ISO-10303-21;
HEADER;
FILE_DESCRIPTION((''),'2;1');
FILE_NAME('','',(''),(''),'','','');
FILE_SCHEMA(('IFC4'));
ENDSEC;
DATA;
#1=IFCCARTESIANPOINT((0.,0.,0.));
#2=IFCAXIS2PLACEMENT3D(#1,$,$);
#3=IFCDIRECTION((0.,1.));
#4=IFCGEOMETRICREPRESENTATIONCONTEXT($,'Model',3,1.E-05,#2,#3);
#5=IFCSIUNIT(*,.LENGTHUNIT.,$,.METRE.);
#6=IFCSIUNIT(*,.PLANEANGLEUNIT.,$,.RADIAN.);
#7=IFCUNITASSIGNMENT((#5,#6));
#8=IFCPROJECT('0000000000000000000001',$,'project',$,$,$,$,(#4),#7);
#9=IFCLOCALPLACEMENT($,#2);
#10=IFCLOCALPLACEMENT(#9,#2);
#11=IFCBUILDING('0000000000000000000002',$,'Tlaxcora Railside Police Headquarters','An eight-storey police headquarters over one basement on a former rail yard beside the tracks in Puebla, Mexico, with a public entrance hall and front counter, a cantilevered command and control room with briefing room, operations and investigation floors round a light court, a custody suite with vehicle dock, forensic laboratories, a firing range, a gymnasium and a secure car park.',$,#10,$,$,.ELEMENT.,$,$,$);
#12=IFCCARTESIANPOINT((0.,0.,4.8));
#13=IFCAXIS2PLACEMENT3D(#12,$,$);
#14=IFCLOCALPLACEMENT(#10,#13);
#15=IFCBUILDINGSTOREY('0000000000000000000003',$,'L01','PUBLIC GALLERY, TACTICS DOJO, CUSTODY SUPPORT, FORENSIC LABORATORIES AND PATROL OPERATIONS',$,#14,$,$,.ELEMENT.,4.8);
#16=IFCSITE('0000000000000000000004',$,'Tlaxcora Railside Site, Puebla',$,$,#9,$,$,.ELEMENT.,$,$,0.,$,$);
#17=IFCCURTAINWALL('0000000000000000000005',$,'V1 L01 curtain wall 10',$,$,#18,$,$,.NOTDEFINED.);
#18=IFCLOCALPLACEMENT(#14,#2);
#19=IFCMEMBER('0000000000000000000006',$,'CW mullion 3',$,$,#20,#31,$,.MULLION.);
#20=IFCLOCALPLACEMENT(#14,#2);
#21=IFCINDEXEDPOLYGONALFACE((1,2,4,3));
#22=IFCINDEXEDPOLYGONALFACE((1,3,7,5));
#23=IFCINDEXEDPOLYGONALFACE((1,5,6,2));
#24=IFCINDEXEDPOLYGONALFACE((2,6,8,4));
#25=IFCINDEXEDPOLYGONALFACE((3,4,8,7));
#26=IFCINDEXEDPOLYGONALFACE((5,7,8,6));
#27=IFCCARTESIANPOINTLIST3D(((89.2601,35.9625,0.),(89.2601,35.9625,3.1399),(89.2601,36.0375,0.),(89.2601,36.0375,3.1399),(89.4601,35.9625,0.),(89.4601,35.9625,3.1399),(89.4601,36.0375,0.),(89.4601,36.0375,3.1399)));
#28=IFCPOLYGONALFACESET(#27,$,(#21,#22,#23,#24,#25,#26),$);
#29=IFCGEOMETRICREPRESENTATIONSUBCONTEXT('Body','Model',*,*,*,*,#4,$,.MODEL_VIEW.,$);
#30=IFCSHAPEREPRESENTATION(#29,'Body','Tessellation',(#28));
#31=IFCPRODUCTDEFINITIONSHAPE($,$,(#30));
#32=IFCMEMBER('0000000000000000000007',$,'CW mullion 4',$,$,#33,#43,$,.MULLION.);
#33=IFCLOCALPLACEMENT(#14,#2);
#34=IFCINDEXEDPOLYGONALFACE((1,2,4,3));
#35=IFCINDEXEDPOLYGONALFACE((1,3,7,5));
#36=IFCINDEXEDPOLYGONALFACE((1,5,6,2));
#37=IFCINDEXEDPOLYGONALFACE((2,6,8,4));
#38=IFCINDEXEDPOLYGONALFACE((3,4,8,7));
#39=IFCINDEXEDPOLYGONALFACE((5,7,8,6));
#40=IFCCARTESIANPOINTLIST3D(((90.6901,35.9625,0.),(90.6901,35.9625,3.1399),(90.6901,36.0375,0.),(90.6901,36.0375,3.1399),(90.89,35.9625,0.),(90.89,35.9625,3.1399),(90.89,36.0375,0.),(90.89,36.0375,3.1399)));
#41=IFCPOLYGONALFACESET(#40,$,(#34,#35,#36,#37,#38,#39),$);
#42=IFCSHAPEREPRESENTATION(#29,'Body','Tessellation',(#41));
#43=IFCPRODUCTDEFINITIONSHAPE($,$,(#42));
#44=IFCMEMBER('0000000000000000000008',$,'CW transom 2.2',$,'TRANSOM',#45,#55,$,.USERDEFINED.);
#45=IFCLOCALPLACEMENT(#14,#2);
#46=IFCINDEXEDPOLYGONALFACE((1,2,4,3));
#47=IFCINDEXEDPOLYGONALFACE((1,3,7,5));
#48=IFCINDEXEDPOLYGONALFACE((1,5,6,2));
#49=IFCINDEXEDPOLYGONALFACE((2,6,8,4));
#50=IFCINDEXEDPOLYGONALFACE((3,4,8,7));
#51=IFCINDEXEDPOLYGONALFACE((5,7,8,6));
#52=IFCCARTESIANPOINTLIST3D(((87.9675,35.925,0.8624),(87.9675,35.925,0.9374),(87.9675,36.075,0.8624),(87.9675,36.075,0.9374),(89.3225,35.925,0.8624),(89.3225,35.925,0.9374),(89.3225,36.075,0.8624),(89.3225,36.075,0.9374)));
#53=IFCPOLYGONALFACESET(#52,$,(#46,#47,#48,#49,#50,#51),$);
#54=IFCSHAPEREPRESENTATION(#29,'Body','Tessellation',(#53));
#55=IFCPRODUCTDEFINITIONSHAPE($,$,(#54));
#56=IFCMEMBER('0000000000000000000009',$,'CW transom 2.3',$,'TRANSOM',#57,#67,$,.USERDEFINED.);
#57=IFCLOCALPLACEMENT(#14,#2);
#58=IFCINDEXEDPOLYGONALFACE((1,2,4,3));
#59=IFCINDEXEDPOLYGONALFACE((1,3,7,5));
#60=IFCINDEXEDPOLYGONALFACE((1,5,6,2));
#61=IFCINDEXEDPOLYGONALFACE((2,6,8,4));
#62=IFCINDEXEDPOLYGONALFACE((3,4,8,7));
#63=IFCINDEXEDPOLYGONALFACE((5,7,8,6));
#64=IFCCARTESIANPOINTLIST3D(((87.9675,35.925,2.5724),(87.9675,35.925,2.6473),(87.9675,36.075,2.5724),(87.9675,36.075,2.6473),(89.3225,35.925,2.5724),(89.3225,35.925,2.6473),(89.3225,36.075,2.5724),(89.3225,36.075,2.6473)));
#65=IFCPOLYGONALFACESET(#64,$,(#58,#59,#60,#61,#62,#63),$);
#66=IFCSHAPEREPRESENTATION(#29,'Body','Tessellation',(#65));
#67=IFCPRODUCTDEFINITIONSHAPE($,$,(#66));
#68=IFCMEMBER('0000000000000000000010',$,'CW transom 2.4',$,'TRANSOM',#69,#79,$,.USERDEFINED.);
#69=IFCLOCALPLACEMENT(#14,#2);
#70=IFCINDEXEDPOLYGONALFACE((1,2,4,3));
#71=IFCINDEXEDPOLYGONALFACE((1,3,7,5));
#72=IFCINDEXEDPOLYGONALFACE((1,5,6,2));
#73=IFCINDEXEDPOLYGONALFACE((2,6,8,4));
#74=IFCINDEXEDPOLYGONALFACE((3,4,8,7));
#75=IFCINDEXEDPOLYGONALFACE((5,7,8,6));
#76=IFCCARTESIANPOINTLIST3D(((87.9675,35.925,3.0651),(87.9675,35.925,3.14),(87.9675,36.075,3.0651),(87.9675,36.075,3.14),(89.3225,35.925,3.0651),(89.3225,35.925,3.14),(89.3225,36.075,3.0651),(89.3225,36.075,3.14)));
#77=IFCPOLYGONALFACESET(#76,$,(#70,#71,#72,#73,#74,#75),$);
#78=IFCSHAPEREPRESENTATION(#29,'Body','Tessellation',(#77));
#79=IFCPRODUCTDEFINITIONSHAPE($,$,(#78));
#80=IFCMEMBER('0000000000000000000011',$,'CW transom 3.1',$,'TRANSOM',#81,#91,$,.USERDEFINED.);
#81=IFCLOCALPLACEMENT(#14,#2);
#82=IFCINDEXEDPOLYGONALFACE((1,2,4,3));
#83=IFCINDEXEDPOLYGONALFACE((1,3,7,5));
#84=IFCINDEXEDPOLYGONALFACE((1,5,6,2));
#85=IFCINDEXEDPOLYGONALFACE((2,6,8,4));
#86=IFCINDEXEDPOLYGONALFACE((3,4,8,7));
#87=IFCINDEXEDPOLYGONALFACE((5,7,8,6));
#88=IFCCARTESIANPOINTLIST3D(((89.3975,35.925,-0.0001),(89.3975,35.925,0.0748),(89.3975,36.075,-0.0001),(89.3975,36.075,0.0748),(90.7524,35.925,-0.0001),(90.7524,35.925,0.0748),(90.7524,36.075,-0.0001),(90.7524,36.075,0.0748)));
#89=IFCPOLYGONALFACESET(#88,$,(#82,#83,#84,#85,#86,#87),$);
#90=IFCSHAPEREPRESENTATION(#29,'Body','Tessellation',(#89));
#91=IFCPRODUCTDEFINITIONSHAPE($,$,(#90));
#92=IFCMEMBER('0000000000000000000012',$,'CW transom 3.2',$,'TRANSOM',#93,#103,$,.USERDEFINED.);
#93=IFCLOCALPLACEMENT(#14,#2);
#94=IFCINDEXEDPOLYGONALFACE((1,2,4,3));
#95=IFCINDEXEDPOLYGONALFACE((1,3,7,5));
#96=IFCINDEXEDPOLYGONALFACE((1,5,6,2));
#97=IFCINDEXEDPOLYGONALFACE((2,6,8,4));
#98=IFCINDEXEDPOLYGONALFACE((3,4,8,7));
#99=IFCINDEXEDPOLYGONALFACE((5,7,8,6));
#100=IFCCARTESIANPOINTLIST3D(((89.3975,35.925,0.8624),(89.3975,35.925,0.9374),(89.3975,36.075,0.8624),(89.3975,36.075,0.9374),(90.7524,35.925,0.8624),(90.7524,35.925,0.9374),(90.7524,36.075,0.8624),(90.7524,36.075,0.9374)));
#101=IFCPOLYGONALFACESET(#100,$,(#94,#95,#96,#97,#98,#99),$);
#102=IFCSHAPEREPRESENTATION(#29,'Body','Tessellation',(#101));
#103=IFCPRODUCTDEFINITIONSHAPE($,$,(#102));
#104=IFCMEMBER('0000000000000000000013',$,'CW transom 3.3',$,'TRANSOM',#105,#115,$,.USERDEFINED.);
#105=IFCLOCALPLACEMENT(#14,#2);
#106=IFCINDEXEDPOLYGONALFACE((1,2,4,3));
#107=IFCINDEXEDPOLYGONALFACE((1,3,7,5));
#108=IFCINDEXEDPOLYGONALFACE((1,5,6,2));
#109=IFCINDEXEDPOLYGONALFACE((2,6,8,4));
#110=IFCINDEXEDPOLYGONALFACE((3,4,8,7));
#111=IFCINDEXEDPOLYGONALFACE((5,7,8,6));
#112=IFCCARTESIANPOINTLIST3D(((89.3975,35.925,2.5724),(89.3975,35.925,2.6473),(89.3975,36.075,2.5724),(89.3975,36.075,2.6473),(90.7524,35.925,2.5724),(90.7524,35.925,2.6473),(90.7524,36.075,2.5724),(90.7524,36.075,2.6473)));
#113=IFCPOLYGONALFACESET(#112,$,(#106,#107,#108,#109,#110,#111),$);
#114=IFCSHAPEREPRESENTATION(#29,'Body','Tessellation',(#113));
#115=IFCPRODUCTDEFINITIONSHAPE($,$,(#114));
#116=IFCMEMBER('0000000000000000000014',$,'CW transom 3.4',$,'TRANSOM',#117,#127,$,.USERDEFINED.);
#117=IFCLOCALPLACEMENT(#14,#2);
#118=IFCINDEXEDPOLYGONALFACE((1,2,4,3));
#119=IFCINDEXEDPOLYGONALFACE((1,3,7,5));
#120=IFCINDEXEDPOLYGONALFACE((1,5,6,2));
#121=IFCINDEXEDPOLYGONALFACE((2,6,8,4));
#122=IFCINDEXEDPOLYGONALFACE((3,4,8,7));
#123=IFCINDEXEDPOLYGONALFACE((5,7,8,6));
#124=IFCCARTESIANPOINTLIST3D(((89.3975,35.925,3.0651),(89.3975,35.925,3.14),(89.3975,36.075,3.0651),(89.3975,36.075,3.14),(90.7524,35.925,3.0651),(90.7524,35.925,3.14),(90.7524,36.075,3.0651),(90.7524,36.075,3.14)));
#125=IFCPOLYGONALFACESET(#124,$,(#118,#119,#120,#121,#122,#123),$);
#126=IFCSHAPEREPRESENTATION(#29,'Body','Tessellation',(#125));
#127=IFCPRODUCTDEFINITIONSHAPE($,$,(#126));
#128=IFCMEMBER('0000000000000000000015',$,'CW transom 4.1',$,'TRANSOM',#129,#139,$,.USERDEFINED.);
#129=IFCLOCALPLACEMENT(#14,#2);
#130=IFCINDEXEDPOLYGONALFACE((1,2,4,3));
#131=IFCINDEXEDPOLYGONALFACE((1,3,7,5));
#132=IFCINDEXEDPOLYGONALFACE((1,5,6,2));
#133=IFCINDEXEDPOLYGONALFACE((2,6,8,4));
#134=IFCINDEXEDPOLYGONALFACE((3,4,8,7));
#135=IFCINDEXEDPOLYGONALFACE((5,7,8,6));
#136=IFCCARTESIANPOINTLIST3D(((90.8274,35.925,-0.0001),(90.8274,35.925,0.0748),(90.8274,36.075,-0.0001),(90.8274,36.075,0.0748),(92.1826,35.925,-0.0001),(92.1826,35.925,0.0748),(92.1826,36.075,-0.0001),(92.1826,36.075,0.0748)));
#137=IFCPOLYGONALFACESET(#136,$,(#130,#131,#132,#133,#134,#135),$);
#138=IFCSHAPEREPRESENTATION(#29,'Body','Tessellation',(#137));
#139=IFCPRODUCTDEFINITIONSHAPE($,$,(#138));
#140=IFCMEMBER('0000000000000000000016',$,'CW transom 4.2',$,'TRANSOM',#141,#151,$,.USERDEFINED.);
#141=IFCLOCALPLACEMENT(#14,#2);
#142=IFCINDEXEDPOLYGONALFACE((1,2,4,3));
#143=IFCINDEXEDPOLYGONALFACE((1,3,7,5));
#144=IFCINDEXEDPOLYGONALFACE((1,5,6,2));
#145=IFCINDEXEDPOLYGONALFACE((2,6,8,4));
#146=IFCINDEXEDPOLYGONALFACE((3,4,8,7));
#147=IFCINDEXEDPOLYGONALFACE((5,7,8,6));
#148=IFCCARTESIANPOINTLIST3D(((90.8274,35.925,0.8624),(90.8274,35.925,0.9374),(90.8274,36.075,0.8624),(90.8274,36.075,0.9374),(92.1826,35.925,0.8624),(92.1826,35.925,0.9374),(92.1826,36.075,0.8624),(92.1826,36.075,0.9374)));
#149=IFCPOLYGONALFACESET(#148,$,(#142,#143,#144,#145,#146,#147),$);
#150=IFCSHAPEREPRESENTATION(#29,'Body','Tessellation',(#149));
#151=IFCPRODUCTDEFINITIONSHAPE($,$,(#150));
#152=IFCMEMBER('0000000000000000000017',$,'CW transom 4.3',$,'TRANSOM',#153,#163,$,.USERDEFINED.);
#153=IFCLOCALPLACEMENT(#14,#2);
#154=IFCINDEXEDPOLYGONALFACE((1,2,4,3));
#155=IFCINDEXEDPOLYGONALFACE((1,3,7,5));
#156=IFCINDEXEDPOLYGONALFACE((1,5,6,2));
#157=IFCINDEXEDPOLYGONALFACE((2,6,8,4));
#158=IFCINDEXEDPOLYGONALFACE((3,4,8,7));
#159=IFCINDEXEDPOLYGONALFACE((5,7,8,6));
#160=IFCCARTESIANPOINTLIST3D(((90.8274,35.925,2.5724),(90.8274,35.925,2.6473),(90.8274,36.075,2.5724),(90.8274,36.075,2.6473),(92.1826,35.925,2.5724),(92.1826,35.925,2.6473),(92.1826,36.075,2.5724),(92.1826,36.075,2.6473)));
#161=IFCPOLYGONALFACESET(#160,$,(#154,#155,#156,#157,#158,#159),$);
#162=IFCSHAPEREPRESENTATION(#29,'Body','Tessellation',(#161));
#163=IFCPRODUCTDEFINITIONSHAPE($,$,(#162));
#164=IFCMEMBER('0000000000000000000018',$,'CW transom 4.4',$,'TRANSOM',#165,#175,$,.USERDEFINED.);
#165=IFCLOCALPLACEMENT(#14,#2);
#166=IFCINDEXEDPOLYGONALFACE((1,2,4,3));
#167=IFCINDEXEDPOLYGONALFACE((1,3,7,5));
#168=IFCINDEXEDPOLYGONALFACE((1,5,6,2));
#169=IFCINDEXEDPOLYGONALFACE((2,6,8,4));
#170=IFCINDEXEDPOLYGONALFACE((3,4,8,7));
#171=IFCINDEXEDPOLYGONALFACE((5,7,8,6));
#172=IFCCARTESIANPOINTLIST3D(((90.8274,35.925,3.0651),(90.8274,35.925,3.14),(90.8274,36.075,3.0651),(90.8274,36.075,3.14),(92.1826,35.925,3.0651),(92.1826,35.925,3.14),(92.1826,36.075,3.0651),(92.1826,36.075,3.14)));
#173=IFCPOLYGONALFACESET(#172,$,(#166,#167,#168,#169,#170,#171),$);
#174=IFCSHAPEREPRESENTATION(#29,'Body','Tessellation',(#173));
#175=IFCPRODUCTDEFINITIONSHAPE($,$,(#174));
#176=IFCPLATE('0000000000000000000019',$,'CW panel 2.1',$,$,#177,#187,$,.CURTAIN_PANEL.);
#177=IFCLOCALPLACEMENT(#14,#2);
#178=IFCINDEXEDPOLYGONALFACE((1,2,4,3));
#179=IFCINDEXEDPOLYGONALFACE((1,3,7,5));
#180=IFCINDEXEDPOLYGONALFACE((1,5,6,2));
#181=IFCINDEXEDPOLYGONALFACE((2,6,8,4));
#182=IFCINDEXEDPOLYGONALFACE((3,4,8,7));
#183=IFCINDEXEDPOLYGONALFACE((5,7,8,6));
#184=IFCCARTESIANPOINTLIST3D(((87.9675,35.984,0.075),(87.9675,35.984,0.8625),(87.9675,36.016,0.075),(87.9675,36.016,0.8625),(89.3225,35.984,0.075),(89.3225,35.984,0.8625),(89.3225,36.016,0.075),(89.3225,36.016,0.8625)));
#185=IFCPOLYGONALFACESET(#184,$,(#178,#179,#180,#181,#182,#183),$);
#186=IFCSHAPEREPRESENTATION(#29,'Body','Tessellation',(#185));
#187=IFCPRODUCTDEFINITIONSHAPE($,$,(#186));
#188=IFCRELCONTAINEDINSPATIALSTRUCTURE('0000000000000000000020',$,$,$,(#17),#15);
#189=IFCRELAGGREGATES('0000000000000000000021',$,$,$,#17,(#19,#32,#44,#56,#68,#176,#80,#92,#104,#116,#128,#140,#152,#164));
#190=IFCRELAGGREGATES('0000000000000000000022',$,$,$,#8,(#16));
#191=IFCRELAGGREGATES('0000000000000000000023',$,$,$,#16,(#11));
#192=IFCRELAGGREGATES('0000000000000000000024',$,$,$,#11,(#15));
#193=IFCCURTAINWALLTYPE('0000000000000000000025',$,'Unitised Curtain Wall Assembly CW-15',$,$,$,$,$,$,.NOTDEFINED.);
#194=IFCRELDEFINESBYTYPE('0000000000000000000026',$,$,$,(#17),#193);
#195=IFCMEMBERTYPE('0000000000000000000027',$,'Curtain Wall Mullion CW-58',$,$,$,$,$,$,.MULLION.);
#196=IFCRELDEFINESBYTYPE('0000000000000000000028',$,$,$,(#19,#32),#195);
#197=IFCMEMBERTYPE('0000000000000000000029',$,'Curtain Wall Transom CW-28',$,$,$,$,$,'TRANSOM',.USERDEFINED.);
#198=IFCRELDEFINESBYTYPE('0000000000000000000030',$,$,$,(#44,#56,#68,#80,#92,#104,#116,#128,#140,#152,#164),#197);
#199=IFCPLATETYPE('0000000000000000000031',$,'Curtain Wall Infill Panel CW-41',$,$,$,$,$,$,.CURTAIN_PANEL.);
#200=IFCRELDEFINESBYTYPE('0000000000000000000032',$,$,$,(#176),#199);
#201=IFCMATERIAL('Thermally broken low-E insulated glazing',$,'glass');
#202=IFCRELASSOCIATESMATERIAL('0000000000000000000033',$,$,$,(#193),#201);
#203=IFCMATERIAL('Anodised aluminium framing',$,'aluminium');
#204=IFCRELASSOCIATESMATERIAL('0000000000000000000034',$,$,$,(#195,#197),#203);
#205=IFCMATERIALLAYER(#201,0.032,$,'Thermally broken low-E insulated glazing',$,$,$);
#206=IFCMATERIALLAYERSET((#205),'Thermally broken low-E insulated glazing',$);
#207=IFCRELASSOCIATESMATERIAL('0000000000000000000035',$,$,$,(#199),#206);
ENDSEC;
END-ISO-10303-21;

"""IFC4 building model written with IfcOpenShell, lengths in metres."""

from ifc_helpers import new_model, si_unit, direction, frame, origin, origin_2d, place, context, subcontext, project, spatial, rectangle, extrude, material, layer, layer_set, material_profile, profile_set, type_object, element, aggregate, save


model = new_model("IFC4")

# Units and contexts
model_context = context("Model", 3, precision=1e-05, world=origin(), true_north=direction((0.0, 1.0)))
body_context = subcontext(model_context, "Body", "Model", "MODEL_VIEW")
ifc_project = project(units=[si_unit("LENGTHUNIT", "METRE"), si_unit("PLANEANGLEUNIT", "RADIAN")], contexts=[model_context])

# Site, building, storey
site_placement = place(None, origin())
site = spatial("IfcSite", under=ifc_project, at=site_placement, Name="Tlaxcora Railside Site, Puebla", CompositionType="ELEMENT", RefElevation=0.0)
building_placement = place(site_placement, origin())
building = spatial("IfcBuilding", under=site, at=building_placement, Name="Tlaxcora Railside Police Headquarters", Description="An eight-storey police headquarters over one basement on a former rail yard beside the tracks in Puebla, Mexico, with a public entrance hall and front counter, a cantilevered command and control room with briefing room, operations and investigation floors round a light court, a custody suite with vehicle dock, forensic laboratories, a firing range, a gymnasium and a secure car park.", CompositionType="ELEMENT")
storey_placement = place(building_placement, frame((0.0, 0.0, 4.8)))
storey = spatial("IfcBuildingStorey", under=building, at=storey_placement, Name="L01", Description="PUBLIC GALLERY, TACTICS DOJO, CUSTODY SUPPORT, FORENSIC LABORATORIES AND PATROL OPERATIONS", CompositionType="ELEMENT", Elevation=4.8)

# Curtain wall, members, plate
ifc_material_1 = material(Name="Thermally broken low-E insulated glazing", Category="glass")
curtain_wall_type = type_object("IfcCurtainWallType", Name="Unitised Curtain Wall Assembly CW-15", PredefinedType="NOTDEFINED", material=ifc_material_1)
curtain_wall_placement = place(storey_placement, origin())
curtain_wall = element("IfcCurtainWall", 1, at=curtain_wall_placement, inside=storey, type_object=curtain_wall_type, Name="V1 L01 curtain wall 10", PredefinedType="NOTDEFINED")
ifc_material_2 = material(Name="Anodised aluminium framing", Category="aluminium")
ifc_material_profile_1 = material_profile(ifc_material_2, rectangle(XDim=0.075, YDim=0.2, at=origin_2d()), Name="AL75X200")
ifc_profile_set_1 = profile_set([ifc_material_profile_1], Name="Anodised aluminium framing")
member_type_1 = type_object("IfcMemberType", Name="Curtain Wall Mullion CW-58", PredefinedType="MULLION", material=ifc_profile_set_1)
member_1_placement = place(storey_placement, frame((89.3601, 36.0, 0.0), z_axis=(0.0, 0.0, 1.0), x_axis=(0.0, 1.0, 0.0)))
member_1 = element("IfcMember", 2, at=member_1_placement, type_object=member_type_1, Name="CW mullion 3", PredefinedType="MULLION", context=body_context, shape_type="SweptSolid", body=[
    extrude(rectangle(XDim=0.075, YDim=0.2, at=origin_2d()), origin(), (0.0, 0.0, 1.0), 3.1399),
])
member_2_placement = place(storey_placement, frame((90.79, 36.0, 0.0), z_axis=(0.0, 0.0, 1.0), x_axis=(0.0, 1.0, 0.0)))
member_2 = element("IfcMember", 3, at=member_2_placement, type_object=member_type_1, Name="CW mullion 4", PredefinedType="MULLION", context=body_context, shape_type="SweptSolid", body=[
    extrude(rectangle(XDim=0.075, YDim=0.2, at=origin_2d()), origin(), (0.0, 0.0, 1.0), 3.1399),
])
ifc_material_profile_2 = material_profile(ifc_material_2, rectangle(XDim=0.1499, YDim=0.075, at=origin_2d()), Name="AL75X150")
ifc_profile_set_2 = profile_set([ifc_material_profile_2], Name="Anodised aluminium framing")
member_type_2 = type_object("IfcMemberType", Name="Curtain Wall Transom CW-28", ElementType="TRANSOM", PredefinedType="USERDEFINED", material=ifc_profile_set_2)
member_3_placement = place(storey_placement, frame((87.9675, 36.0, 0.8999), z_axis=(1.0, 0.0, 0.0), x_axis=(0.0, 1.0, 0.0)))
member_3 = element("IfcMember", 4, at=member_3_placement, type_object=member_type_2, Name="CW transom 2.2", ObjectType="TRANSOM", PredefinedType="USERDEFINED", context=body_context, shape_type="SweptSolid", body=[
    extrude(rectangle(XDim=0.1499, YDim=0.075, at=origin_2d()), origin(), (0.0, 0.0, 1.0), 1.355),
])
member_4_placement = place(storey_placement, frame((87.9675, 36.0, 2.6099), z_axis=(1.0, 0.0, 0.0), x_axis=(0.0, 1.0, 0.0)))
member_4 = element("IfcMember", 5, at=member_4_placement, type_object=member_type_2, Name="CW transom 2.3", ObjectType="TRANSOM", PredefinedType="USERDEFINED", context=body_context, shape_type="SweptSolid", body=[
    extrude(rectangle(XDim=0.1499, YDim=0.075, at=origin_2d()), origin(), (0.0, 0.0, 1.0), 1.355),
])
member_5_placement = place(storey_placement, frame((87.9675, 36.0, 3.1025), z_axis=(1.0, 0.0, 0.0), x_axis=(0.0, 1.0, 0.0)))
member_5 = element("IfcMember", 6, at=member_5_placement, type_object=member_type_2, Name="CW transom 2.4", ObjectType="TRANSOM", PredefinedType="USERDEFINED", context=body_context, shape_type="SweptSolid", body=[
    extrude(rectangle(XDim=0.1499, YDim=0.075, at=origin_2d()), origin(), (0.0, 0.0, 1.0), 1.355),
])
member_6_placement = place(storey_placement, frame((89.3975, 36.0, 0.0374), z_axis=(1.0, 0.0, 0.0), x_axis=(0.0, 1.0, 0.0)))
member_6 = element("IfcMember", 7, at=member_6_placement, type_object=member_type_2, Name="CW transom 3.1", ObjectType="TRANSOM", PredefinedType="USERDEFINED", context=body_context, shape_type="SweptSolid", body=[
    extrude(rectangle(XDim=0.1499, YDim=0.075, at=origin_2d()), origin(), (0.0, 0.0, 1.0), 1.355),
])
member_7_placement = place(storey_placement, frame((89.3975, 36.0, 0.8999), z_axis=(1.0, 0.0, 0.0), x_axis=(0.0, 1.0, 0.0)))
member_7 = element("IfcMember", 8, at=member_7_placement, type_object=member_type_2, Name="CW transom 3.2", ObjectType="TRANSOM", PredefinedType="USERDEFINED", context=body_context, shape_type="SweptSolid", body=[
    extrude(rectangle(XDim=0.1499, YDim=0.075, at=origin_2d()), origin(), (0.0, 0.0, 1.0), 1.355),
])
member_8_placement = place(storey_placement, frame((89.3975, 36.0, 2.6099), z_axis=(1.0, 0.0, 0.0), x_axis=(0.0, 1.0, 0.0)))
member_8 = element("IfcMember", 9, at=member_8_placement, type_object=member_type_2, Name="CW transom 3.3", ObjectType="TRANSOM", PredefinedType="USERDEFINED", context=body_context, shape_type="SweptSolid", body=[
    extrude(rectangle(XDim=0.1499, YDim=0.075, at=origin_2d()), origin(), (0.0, 0.0, 1.0), 1.355),
])
member_9_placement = place(storey_placement, frame((89.3975, 36.0, 3.1025), z_axis=(1.0, 0.0, 0.0), x_axis=(0.0, 1.0, 0.0)))
member_9 = element("IfcMember", 10, at=member_9_placement, type_object=member_type_2, Name="CW transom 3.4", ObjectType="TRANSOM", PredefinedType="USERDEFINED", context=body_context, shape_type="SweptSolid", body=[
    extrude(rectangle(XDim=0.1499, YDim=0.075, at=origin_2d()), origin(), (0.0, 0.0, 1.0), 1.355),
])
member_10_placement = place(storey_placement, frame((90.8274, 36.0, 0.0374), z_axis=(1.0, 0.0, 0.0), x_axis=(0.0, 1.0, 0.0)))
member_10 = element("IfcMember", 11, at=member_10_placement, type_object=member_type_2, Name="CW transom 4.1", ObjectType="TRANSOM", PredefinedType="USERDEFINED", context=body_context, shape_type="SweptSolid", body=[
    extrude(rectangle(XDim=0.1499, YDim=0.075, at=origin_2d()), origin(), (0.0, 0.0, 1.0), 1.3552),
])
member_11_placement = place(storey_placement, frame((90.8274, 36.0, 0.8999), z_axis=(1.0, 0.0, 0.0), x_axis=(0.0, 1.0, 0.0)))
member_11 = element("IfcMember", 12, at=member_11_placement, type_object=member_type_2, Name="CW transom 4.2", ObjectType="TRANSOM", PredefinedType="USERDEFINED", context=body_context, shape_type="SweptSolid", body=[
    extrude(rectangle(XDim=0.1499, YDim=0.075, at=origin_2d()), origin(), (0.0, 0.0, 1.0), 1.3552),
])
member_12_placement = place(storey_placement, frame((90.8274, 36.0, 2.6099), z_axis=(1.0, 0.0, 0.0), x_axis=(0.0, 1.0, 0.0)))
member_12 = element("IfcMember", 13, at=member_12_placement, type_object=member_type_2, Name="CW transom 4.3", ObjectType="TRANSOM", PredefinedType="USERDEFINED", context=body_context, shape_type="SweptSolid", body=[
    extrude(rectangle(XDim=0.1499, YDim=0.075, at=origin_2d()), origin(), (0.0, 0.0, 1.0), 1.3552),
])
member_13_placement = place(storey_placement, frame((90.8274, 36.0, 3.1025), z_axis=(1.0, 0.0, 0.0), x_axis=(0.0, 1.0, 0.0)))
member_13 = element("IfcMember", 14, at=member_13_placement, type_object=member_type_2, Name="CW transom 4.4", ObjectType="TRANSOM", PredefinedType="USERDEFINED", context=body_context, shape_type="SweptSolid", body=[
    extrude(rectangle(XDim=0.1499, YDim=0.075, at=origin_2d()), origin(), (0.0, 0.0, 1.0), 1.3552),
])
ifc_layer = layer(ifc_material_1, 0.032, Name="Thermally broken low-E insulated glazing")
ifc_layer_set = layer_set([ifc_layer], Name="Thermally broken low-E insulated glazing")
plate_type = type_object("IfcPlateType", Name="Curtain Wall Infill Panel CW-41", PredefinedType="CURTAIN_PANEL", material=ifc_layer_set)
plate_1_placement = place(storey_placement, frame((88.645, 36.0, 0.075), z_axis=(0.0, 0.0, 1.0), x_axis=(1.0, 0.0, 0.0)))
plate_1 = element("IfcPlate", 15, at=plate_1_placement, type_object=plate_type, Name="CW panel 2.1", PredefinedType="CURTAIN_PANEL", context=body_context, shape_type="SweptSolid", body=[
    extrude(rectangle(XDim=1.355, YDim=0.032, at=origin_2d()), origin(), (0.0, 0.0, 1.0), 0.7876),
])
aggregate(curtain_wall, [member_1, member_2, member_3, member_4, member_5, plate_1, member_6, member_7, member_8, member_9, member_10, member_11, member_12, member_13])

save(model, "model.ifc")
